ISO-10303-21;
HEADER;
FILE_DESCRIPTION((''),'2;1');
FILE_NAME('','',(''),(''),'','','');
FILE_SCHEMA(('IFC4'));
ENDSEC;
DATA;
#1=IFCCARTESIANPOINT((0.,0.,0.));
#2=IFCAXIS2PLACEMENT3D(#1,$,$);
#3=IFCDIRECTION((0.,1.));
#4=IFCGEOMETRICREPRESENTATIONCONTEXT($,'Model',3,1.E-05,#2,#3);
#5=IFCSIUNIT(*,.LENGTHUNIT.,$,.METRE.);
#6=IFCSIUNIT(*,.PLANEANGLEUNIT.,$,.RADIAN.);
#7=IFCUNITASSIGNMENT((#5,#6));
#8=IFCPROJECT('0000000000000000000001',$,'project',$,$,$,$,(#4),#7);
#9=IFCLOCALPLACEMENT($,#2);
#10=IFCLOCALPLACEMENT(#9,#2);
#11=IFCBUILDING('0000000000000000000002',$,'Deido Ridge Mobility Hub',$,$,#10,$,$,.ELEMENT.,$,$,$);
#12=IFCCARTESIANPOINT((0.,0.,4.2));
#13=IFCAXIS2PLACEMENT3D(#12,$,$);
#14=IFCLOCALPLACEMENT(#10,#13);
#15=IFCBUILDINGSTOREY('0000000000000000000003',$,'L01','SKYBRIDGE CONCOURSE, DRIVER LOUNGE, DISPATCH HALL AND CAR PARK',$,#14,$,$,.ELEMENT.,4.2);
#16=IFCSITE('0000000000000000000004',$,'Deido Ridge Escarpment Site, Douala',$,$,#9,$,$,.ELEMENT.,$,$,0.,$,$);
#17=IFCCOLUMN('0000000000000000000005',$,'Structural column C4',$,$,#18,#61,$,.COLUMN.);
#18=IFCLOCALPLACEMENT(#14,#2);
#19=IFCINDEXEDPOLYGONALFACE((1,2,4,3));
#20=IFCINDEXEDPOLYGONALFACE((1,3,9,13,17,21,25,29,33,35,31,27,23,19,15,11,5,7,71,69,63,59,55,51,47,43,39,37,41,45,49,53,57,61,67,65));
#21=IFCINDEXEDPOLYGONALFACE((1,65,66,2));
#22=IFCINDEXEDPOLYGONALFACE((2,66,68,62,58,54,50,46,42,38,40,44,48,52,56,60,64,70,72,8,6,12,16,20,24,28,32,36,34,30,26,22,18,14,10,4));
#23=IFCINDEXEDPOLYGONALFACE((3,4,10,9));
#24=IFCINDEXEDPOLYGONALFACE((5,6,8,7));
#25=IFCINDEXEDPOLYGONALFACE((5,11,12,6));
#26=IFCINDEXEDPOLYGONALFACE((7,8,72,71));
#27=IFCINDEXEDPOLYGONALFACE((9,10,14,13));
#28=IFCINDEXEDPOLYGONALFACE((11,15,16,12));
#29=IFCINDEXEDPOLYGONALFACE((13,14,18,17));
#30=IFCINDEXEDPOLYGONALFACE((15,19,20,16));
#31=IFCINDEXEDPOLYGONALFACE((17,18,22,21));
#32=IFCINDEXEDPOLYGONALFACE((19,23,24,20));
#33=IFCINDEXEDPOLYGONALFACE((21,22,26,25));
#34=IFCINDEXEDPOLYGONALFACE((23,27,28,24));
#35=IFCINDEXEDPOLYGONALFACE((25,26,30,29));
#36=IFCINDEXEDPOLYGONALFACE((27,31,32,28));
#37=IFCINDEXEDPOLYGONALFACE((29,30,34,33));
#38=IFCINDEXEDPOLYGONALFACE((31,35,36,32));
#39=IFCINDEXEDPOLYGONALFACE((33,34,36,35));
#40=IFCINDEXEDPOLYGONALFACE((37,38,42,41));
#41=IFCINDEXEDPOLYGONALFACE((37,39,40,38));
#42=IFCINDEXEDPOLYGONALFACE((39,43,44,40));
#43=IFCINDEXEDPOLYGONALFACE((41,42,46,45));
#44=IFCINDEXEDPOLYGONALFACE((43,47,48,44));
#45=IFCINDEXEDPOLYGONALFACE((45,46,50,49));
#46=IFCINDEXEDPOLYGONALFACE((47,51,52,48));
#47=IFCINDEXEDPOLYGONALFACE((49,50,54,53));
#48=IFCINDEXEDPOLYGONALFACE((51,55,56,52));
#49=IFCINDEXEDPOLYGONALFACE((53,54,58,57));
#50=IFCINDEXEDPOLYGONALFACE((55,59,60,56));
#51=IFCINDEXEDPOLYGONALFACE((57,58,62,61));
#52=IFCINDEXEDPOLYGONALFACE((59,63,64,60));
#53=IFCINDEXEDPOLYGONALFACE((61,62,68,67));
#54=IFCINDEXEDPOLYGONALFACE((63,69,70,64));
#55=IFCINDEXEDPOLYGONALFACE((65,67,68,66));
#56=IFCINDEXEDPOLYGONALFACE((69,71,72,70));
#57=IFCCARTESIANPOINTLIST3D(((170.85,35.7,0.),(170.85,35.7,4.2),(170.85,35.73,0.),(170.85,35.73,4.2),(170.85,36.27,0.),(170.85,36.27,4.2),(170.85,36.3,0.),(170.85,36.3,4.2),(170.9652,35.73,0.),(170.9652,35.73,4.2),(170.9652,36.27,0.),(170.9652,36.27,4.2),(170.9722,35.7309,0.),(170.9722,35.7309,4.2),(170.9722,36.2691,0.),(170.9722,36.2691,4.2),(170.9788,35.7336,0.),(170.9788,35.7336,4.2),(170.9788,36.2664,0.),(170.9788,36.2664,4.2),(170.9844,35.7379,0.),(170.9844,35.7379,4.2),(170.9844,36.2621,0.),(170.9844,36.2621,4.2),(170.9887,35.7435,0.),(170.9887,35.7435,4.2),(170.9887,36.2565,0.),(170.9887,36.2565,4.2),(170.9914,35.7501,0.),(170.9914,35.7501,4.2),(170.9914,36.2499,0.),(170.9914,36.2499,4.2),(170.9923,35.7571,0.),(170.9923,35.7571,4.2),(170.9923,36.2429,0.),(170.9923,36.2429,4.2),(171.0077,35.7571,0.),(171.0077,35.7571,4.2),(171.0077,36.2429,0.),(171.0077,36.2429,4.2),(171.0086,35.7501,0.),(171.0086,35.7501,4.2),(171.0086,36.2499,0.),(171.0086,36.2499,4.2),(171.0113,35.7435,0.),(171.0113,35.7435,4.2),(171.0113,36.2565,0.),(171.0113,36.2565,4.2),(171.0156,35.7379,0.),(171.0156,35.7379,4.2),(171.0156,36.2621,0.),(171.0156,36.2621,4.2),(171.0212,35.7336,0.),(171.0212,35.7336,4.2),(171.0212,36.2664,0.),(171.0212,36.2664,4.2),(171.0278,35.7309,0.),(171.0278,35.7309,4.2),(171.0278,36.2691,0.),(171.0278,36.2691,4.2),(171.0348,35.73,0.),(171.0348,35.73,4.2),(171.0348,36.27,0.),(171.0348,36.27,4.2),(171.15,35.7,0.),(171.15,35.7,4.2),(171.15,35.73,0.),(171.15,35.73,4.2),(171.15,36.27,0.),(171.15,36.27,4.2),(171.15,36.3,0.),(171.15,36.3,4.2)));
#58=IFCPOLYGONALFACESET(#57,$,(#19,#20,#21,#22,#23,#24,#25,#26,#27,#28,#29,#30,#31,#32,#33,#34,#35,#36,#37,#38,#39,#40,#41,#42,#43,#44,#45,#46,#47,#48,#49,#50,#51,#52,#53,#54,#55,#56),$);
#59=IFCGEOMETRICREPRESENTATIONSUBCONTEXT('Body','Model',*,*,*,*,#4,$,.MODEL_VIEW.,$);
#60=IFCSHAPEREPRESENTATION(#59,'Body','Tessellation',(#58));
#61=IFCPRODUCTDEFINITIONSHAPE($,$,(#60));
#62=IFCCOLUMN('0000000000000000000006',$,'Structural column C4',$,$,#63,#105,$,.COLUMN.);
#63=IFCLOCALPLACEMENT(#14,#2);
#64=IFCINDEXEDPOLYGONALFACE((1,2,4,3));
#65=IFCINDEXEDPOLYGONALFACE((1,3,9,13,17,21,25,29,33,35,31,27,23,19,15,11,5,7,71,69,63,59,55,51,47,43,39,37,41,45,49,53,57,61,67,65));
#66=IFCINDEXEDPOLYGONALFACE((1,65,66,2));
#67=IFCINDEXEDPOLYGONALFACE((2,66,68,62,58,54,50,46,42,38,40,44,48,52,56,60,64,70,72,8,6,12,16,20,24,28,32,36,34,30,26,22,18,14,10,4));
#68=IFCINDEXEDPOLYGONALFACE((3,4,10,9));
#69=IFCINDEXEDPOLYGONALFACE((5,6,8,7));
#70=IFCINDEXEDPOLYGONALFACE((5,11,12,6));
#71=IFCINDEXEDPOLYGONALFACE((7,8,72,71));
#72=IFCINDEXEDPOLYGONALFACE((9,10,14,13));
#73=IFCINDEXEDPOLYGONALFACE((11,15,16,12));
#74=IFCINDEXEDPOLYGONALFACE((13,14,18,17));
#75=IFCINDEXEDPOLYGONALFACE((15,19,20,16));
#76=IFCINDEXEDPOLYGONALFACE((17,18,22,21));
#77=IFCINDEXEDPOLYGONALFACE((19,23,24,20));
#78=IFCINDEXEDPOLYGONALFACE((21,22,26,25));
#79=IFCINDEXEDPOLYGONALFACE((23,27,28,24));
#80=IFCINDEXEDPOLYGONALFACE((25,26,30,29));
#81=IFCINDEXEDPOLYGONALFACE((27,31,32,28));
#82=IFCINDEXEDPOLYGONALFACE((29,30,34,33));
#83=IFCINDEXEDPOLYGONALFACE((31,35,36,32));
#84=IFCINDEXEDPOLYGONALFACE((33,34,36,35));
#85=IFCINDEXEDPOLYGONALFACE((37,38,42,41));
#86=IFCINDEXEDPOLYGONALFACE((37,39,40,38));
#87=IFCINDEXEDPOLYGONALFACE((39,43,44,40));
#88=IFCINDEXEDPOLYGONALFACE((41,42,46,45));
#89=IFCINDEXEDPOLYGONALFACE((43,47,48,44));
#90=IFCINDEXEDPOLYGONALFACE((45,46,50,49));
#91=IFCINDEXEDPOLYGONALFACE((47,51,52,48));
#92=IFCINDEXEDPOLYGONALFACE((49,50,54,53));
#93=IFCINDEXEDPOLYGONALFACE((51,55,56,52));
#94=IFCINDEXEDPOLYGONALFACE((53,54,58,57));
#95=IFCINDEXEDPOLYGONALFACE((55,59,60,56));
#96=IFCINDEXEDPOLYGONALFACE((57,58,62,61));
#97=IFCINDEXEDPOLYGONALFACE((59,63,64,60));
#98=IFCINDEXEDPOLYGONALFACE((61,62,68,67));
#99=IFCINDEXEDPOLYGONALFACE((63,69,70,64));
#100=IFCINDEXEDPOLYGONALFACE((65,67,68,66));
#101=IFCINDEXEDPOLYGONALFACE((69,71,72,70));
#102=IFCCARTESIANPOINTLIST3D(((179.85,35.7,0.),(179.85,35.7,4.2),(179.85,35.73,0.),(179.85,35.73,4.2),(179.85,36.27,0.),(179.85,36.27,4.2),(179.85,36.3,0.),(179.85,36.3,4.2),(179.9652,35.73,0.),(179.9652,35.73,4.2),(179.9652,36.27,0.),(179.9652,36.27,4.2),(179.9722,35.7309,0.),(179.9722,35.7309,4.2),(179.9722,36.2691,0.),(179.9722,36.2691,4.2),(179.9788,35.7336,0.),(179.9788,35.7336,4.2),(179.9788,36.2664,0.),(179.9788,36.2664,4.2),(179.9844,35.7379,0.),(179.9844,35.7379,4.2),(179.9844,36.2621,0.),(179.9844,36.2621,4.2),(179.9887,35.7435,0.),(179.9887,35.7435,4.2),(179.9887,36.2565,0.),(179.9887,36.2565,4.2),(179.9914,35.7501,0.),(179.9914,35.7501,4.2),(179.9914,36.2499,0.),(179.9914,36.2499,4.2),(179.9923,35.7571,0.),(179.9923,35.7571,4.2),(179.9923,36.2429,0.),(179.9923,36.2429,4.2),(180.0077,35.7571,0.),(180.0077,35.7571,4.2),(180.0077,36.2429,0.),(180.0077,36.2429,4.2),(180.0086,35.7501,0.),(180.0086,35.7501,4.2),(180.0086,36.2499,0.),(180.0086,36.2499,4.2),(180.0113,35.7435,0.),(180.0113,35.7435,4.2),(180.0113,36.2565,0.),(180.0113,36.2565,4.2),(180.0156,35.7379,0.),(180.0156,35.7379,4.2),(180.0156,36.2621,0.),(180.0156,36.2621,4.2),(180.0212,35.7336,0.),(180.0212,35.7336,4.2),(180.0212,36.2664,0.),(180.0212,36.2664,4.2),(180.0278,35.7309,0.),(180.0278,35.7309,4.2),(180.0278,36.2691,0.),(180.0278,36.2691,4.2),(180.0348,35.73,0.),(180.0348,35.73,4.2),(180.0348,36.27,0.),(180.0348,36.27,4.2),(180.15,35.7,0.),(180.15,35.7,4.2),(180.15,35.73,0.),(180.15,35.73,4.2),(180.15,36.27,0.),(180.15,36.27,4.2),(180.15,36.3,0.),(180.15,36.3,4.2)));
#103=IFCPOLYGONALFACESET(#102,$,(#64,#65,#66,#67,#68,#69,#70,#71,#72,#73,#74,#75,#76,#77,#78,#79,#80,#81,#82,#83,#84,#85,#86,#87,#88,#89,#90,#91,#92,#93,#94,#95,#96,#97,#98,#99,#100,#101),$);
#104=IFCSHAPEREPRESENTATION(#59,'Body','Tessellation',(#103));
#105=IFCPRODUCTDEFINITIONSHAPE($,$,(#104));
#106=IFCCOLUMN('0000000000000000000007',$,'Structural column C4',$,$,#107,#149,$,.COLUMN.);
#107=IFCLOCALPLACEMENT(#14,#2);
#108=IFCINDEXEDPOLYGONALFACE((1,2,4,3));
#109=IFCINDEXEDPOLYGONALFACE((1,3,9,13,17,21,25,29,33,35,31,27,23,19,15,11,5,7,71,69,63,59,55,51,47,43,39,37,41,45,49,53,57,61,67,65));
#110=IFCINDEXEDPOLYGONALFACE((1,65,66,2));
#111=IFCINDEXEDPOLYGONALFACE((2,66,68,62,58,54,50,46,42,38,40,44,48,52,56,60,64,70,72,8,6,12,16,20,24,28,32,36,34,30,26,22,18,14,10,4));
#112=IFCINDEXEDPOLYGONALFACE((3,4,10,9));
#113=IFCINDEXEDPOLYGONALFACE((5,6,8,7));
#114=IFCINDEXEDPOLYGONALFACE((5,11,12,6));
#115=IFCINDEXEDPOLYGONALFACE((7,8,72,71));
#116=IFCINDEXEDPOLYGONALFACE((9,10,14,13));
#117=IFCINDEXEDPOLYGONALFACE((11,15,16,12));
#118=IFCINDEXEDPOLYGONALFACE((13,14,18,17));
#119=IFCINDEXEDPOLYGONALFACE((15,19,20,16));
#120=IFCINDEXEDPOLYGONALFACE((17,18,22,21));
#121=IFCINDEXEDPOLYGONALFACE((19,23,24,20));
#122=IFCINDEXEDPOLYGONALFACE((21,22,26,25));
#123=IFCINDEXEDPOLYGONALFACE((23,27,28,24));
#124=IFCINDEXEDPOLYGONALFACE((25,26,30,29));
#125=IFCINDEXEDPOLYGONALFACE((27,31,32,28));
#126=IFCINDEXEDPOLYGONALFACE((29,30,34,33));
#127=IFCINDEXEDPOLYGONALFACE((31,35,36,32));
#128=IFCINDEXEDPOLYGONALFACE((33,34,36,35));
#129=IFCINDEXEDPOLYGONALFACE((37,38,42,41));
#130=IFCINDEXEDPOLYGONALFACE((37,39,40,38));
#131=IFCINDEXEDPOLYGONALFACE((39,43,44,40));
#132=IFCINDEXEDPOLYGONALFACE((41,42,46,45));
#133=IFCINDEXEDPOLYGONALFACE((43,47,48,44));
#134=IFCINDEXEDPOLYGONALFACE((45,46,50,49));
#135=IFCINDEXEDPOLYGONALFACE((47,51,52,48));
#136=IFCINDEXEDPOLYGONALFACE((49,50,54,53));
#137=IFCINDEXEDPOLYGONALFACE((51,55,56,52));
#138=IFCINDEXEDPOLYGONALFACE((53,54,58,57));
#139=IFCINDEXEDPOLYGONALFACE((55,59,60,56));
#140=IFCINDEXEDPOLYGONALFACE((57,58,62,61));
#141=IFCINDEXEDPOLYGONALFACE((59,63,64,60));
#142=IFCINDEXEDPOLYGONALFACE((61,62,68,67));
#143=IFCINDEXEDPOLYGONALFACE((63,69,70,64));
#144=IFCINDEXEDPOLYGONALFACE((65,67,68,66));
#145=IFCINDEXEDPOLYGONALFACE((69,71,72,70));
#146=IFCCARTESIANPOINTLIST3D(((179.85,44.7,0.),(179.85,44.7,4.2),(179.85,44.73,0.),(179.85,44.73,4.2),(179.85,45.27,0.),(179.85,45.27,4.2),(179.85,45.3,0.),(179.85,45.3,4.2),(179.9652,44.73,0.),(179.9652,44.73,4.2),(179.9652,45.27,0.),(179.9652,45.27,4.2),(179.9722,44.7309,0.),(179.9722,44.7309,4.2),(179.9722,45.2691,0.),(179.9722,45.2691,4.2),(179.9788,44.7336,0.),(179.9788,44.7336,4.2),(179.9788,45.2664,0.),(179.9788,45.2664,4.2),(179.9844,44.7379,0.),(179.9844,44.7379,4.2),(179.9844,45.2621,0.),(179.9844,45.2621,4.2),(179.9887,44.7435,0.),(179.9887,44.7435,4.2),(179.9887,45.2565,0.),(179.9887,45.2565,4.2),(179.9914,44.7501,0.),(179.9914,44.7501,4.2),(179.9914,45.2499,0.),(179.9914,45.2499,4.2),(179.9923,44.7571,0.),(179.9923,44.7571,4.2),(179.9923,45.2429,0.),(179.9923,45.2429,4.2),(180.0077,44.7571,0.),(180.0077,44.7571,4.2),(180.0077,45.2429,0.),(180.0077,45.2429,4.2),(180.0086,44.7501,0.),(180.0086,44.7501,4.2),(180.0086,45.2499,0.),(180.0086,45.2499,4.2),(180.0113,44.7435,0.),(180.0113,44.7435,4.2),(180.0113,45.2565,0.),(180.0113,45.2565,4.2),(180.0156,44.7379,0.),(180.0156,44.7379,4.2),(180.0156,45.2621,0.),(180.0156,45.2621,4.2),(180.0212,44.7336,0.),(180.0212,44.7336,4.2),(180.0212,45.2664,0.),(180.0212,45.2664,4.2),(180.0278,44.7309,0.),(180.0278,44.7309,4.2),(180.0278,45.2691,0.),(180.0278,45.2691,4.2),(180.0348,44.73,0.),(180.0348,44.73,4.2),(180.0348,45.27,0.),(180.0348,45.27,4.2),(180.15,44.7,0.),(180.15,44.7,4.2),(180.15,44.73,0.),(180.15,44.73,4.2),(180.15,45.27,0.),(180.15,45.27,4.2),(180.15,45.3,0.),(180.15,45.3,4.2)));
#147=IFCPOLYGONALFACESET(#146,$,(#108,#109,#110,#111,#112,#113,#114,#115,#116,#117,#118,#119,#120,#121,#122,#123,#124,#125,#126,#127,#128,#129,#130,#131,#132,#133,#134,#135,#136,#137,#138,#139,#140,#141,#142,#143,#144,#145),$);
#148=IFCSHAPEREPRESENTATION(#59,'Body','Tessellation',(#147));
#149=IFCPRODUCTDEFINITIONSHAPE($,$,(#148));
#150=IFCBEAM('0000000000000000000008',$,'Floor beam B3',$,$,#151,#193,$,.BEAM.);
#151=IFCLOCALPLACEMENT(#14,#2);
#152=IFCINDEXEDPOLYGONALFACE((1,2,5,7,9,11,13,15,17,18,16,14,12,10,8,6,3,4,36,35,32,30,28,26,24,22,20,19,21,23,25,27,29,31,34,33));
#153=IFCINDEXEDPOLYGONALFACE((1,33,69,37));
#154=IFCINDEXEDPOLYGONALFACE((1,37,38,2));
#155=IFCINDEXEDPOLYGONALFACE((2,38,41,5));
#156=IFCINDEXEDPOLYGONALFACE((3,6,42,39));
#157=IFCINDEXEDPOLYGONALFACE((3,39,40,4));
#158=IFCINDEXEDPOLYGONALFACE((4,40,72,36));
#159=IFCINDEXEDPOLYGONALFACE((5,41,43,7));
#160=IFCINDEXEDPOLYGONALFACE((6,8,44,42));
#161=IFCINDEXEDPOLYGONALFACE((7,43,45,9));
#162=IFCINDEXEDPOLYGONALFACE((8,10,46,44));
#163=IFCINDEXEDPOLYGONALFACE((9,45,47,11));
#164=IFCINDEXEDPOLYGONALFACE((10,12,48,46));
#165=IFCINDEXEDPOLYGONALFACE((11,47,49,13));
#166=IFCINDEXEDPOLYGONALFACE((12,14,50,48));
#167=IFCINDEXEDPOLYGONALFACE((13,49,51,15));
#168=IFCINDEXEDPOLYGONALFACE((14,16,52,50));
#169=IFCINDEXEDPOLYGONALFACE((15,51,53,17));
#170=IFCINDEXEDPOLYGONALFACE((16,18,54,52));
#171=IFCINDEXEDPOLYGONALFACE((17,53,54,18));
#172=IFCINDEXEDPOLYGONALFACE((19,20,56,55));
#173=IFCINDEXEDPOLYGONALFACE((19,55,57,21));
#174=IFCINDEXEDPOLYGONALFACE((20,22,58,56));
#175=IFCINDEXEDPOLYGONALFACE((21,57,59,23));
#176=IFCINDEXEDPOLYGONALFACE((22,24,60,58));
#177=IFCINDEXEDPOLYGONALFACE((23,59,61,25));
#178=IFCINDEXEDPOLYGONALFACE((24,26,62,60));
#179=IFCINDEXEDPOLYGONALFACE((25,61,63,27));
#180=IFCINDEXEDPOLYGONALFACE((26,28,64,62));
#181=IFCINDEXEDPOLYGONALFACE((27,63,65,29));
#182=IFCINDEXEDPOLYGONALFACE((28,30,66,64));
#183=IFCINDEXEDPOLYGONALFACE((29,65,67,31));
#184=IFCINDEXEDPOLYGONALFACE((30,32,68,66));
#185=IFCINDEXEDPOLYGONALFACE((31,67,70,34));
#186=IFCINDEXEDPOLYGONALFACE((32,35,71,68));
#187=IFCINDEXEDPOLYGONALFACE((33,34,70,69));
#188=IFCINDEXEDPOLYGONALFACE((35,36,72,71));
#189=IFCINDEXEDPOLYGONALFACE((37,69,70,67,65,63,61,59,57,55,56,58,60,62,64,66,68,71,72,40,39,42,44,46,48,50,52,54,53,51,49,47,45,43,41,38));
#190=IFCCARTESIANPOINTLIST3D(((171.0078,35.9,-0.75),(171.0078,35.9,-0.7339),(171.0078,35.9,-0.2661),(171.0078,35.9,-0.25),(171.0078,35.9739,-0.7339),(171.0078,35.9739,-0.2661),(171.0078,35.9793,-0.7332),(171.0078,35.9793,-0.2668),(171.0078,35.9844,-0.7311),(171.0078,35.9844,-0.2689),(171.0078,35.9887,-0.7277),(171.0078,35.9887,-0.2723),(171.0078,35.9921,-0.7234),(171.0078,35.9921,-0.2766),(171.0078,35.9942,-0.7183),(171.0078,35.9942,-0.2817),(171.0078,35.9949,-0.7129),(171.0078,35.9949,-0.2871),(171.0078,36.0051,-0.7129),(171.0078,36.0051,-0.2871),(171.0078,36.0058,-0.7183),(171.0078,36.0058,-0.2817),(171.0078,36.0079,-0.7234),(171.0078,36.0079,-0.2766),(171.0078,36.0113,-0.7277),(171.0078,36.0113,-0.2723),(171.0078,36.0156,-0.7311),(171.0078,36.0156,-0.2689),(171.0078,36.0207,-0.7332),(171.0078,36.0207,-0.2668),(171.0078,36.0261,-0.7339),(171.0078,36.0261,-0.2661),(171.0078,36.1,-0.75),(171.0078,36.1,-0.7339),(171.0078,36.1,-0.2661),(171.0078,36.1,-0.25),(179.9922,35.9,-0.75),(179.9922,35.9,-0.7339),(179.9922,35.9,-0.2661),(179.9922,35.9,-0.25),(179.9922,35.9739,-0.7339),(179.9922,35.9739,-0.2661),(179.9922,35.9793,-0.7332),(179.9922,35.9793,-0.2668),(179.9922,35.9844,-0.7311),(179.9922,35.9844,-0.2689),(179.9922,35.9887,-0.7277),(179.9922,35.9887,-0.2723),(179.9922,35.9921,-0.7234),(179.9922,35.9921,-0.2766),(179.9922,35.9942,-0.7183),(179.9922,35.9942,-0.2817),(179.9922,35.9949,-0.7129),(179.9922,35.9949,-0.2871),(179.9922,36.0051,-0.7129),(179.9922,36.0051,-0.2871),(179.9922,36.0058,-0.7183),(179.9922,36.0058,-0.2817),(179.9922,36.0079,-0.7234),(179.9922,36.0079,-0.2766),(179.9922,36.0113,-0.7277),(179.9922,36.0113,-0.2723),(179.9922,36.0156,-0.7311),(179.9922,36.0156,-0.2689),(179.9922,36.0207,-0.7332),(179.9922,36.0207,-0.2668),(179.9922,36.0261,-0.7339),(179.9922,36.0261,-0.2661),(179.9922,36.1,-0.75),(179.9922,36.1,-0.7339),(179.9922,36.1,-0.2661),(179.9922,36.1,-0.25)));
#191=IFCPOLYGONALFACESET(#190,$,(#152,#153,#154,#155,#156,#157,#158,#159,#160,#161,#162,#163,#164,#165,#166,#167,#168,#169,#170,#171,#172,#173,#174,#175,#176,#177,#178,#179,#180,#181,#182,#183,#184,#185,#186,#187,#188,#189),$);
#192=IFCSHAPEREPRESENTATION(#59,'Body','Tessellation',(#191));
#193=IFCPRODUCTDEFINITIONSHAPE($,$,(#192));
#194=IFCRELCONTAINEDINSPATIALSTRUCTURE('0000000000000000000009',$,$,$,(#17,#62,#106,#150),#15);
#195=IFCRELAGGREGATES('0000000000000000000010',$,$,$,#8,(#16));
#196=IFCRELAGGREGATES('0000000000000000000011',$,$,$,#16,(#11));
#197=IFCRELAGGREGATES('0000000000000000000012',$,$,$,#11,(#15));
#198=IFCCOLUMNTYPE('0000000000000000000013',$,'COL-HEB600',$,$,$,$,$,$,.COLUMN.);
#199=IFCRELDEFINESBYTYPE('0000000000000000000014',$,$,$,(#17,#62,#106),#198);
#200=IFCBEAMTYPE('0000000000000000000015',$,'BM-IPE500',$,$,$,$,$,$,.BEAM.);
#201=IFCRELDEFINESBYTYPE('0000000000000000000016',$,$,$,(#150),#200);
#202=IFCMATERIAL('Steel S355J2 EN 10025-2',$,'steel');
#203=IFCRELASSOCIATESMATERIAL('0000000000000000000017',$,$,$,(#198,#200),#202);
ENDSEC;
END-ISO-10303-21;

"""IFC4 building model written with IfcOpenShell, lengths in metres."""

from ifc_helpers import new_model, si_unit, direction, frame, origin, origin_2d, place, context, subcontext, project, spatial, i_section, extrude, material, material_profile, profile_set, type_object, element, save


model = new_model("IFC4")

# Units and contexts
model_context = context("Model", 3, precision=1e-05, world=origin(), true_north=direction((0.0, 1.0)))
body_context = subcontext(model_context, "Body", "Model", "MODEL_VIEW")
ifc_project = project(units=[si_unit("LENGTHUNIT", "METRE"), si_unit("PLANEANGLEUNIT", "RADIAN")], contexts=[model_context])

# Site, building, storey
site_placement = place(None, origin())
site = spatial("IfcSite", under=ifc_project, at=site_placement, Name="Deido Ridge Escarpment Site, Douala", CompositionType="ELEMENT", RefElevation=0.0)
building_placement = place(site_placement, origin())
building = spatial("IfcBuilding", under=site, at=building_placement, Name="Deido Ridge Mobility Hub", CompositionType="ELEMENT")
storey_placement = place(building_placement, frame((0.0, 0.0, 4.2)))
storey = spatial("IfcBuildingStorey", under=building, at=storey_placement, Name="L01", Description="SKYBRIDGE CONCOURSE, DRIVER LOUNGE, DISPATCH HALL AND CAR PARK", CompositionType="ELEMENT", Elevation=4.2)

# Columns
ifc_material_1 = material(Name="Steel S355J2 EN 10025-2", Category="steel")
ifc_material_profile_1 = material_profile(ifc_material_1, i_section(OverallWidth=0.3, OverallDepth=0.6001, WebThickness=0.0154, FlangeThickness=0.03, FilletRadius=0.0271, at=origin_2d()), Name="HEB 600")
ifc_profile_set_1 = profile_set([ifc_material_profile_1], Name="Steel S355J2 EN 10025-2")
column_type = type_object("IfcColumnType", Name="COL-HEB600", PredefinedType="COLUMN", material=ifc_profile_set_1)
for number, where, z_axis, x_axis, name in (
    (1, (171.0, 36.0, 0.0), (0.0, 0.0, 1.0), (1.0, 0.0, 0.0), "Structural column C4"),
    (2, (180.0, 36.0, 0.0), (0.0, 0.0, 1.0), (1.0, 0.0, 0.0), "Structural column C4"),
    (3, (180.0, 45.0, 0.0), (0.0, 0.0, 1.0), (1.0, 0.0, 0.0), "Structural column C4"),
):
    element("IfcColumn", number, at=place(storey_placement, frame(where, z_axis=z_axis, x_axis=x_axis)), inside=storey, type_object=column_type, Name=name, PredefinedType="COLUMN", context=body_context, shape_type="SweptSolid", body=[
        extrude(i_section(OverallWidth=0.3, OverallDepth=0.6001, WebThickness=0.0154, FlangeThickness=0.03, FilletRadius=0.0271, at=origin_2d()), origin(), (0.0, 0.0, 1.0), 4.2),
    ])

# Beam
ifc_material_profile_2 = material_profile(ifc_material_1, i_section(OverallWidth=0.2, OverallDepth=0.5, WebThickness=0.0103, FlangeThickness=0.0161, FilletRadius=0.021, at=origin_2d()), Name="IPE 500")
ifc_profile_set_2 = profile_set([ifc_material_profile_2], Name="Steel S355J2 EN 10025-2")
beam_type_1 = type_object("IfcBeamType", Name="BM-IPE500", PredefinedType="BEAM", material=ifc_profile_set_2)
beam_placement = place(storey_placement, frame((171.0078, 36.0, -0.5), z_axis=(1.0, 0.0, 0.0), x_axis=(0.0, 1.0, 0.0)))
element("IfcBeam", 4, at=beam_placement, inside=storey, type_object=beam_type_1, Name="Floor beam B3", PredefinedType="BEAM", context=body_context, shape_type="SweptSolid", body=[
    extrude(i_section(OverallWidth=0.2, OverallDepth=0.5, WebThickness=0.0103, FlangeThickness=0.0161, FilletRadius=0.021, at=origin_2d()), origin(), (0.0, 0.0, 1.0), 8.9844),
])

save(model, "model.ifc")
